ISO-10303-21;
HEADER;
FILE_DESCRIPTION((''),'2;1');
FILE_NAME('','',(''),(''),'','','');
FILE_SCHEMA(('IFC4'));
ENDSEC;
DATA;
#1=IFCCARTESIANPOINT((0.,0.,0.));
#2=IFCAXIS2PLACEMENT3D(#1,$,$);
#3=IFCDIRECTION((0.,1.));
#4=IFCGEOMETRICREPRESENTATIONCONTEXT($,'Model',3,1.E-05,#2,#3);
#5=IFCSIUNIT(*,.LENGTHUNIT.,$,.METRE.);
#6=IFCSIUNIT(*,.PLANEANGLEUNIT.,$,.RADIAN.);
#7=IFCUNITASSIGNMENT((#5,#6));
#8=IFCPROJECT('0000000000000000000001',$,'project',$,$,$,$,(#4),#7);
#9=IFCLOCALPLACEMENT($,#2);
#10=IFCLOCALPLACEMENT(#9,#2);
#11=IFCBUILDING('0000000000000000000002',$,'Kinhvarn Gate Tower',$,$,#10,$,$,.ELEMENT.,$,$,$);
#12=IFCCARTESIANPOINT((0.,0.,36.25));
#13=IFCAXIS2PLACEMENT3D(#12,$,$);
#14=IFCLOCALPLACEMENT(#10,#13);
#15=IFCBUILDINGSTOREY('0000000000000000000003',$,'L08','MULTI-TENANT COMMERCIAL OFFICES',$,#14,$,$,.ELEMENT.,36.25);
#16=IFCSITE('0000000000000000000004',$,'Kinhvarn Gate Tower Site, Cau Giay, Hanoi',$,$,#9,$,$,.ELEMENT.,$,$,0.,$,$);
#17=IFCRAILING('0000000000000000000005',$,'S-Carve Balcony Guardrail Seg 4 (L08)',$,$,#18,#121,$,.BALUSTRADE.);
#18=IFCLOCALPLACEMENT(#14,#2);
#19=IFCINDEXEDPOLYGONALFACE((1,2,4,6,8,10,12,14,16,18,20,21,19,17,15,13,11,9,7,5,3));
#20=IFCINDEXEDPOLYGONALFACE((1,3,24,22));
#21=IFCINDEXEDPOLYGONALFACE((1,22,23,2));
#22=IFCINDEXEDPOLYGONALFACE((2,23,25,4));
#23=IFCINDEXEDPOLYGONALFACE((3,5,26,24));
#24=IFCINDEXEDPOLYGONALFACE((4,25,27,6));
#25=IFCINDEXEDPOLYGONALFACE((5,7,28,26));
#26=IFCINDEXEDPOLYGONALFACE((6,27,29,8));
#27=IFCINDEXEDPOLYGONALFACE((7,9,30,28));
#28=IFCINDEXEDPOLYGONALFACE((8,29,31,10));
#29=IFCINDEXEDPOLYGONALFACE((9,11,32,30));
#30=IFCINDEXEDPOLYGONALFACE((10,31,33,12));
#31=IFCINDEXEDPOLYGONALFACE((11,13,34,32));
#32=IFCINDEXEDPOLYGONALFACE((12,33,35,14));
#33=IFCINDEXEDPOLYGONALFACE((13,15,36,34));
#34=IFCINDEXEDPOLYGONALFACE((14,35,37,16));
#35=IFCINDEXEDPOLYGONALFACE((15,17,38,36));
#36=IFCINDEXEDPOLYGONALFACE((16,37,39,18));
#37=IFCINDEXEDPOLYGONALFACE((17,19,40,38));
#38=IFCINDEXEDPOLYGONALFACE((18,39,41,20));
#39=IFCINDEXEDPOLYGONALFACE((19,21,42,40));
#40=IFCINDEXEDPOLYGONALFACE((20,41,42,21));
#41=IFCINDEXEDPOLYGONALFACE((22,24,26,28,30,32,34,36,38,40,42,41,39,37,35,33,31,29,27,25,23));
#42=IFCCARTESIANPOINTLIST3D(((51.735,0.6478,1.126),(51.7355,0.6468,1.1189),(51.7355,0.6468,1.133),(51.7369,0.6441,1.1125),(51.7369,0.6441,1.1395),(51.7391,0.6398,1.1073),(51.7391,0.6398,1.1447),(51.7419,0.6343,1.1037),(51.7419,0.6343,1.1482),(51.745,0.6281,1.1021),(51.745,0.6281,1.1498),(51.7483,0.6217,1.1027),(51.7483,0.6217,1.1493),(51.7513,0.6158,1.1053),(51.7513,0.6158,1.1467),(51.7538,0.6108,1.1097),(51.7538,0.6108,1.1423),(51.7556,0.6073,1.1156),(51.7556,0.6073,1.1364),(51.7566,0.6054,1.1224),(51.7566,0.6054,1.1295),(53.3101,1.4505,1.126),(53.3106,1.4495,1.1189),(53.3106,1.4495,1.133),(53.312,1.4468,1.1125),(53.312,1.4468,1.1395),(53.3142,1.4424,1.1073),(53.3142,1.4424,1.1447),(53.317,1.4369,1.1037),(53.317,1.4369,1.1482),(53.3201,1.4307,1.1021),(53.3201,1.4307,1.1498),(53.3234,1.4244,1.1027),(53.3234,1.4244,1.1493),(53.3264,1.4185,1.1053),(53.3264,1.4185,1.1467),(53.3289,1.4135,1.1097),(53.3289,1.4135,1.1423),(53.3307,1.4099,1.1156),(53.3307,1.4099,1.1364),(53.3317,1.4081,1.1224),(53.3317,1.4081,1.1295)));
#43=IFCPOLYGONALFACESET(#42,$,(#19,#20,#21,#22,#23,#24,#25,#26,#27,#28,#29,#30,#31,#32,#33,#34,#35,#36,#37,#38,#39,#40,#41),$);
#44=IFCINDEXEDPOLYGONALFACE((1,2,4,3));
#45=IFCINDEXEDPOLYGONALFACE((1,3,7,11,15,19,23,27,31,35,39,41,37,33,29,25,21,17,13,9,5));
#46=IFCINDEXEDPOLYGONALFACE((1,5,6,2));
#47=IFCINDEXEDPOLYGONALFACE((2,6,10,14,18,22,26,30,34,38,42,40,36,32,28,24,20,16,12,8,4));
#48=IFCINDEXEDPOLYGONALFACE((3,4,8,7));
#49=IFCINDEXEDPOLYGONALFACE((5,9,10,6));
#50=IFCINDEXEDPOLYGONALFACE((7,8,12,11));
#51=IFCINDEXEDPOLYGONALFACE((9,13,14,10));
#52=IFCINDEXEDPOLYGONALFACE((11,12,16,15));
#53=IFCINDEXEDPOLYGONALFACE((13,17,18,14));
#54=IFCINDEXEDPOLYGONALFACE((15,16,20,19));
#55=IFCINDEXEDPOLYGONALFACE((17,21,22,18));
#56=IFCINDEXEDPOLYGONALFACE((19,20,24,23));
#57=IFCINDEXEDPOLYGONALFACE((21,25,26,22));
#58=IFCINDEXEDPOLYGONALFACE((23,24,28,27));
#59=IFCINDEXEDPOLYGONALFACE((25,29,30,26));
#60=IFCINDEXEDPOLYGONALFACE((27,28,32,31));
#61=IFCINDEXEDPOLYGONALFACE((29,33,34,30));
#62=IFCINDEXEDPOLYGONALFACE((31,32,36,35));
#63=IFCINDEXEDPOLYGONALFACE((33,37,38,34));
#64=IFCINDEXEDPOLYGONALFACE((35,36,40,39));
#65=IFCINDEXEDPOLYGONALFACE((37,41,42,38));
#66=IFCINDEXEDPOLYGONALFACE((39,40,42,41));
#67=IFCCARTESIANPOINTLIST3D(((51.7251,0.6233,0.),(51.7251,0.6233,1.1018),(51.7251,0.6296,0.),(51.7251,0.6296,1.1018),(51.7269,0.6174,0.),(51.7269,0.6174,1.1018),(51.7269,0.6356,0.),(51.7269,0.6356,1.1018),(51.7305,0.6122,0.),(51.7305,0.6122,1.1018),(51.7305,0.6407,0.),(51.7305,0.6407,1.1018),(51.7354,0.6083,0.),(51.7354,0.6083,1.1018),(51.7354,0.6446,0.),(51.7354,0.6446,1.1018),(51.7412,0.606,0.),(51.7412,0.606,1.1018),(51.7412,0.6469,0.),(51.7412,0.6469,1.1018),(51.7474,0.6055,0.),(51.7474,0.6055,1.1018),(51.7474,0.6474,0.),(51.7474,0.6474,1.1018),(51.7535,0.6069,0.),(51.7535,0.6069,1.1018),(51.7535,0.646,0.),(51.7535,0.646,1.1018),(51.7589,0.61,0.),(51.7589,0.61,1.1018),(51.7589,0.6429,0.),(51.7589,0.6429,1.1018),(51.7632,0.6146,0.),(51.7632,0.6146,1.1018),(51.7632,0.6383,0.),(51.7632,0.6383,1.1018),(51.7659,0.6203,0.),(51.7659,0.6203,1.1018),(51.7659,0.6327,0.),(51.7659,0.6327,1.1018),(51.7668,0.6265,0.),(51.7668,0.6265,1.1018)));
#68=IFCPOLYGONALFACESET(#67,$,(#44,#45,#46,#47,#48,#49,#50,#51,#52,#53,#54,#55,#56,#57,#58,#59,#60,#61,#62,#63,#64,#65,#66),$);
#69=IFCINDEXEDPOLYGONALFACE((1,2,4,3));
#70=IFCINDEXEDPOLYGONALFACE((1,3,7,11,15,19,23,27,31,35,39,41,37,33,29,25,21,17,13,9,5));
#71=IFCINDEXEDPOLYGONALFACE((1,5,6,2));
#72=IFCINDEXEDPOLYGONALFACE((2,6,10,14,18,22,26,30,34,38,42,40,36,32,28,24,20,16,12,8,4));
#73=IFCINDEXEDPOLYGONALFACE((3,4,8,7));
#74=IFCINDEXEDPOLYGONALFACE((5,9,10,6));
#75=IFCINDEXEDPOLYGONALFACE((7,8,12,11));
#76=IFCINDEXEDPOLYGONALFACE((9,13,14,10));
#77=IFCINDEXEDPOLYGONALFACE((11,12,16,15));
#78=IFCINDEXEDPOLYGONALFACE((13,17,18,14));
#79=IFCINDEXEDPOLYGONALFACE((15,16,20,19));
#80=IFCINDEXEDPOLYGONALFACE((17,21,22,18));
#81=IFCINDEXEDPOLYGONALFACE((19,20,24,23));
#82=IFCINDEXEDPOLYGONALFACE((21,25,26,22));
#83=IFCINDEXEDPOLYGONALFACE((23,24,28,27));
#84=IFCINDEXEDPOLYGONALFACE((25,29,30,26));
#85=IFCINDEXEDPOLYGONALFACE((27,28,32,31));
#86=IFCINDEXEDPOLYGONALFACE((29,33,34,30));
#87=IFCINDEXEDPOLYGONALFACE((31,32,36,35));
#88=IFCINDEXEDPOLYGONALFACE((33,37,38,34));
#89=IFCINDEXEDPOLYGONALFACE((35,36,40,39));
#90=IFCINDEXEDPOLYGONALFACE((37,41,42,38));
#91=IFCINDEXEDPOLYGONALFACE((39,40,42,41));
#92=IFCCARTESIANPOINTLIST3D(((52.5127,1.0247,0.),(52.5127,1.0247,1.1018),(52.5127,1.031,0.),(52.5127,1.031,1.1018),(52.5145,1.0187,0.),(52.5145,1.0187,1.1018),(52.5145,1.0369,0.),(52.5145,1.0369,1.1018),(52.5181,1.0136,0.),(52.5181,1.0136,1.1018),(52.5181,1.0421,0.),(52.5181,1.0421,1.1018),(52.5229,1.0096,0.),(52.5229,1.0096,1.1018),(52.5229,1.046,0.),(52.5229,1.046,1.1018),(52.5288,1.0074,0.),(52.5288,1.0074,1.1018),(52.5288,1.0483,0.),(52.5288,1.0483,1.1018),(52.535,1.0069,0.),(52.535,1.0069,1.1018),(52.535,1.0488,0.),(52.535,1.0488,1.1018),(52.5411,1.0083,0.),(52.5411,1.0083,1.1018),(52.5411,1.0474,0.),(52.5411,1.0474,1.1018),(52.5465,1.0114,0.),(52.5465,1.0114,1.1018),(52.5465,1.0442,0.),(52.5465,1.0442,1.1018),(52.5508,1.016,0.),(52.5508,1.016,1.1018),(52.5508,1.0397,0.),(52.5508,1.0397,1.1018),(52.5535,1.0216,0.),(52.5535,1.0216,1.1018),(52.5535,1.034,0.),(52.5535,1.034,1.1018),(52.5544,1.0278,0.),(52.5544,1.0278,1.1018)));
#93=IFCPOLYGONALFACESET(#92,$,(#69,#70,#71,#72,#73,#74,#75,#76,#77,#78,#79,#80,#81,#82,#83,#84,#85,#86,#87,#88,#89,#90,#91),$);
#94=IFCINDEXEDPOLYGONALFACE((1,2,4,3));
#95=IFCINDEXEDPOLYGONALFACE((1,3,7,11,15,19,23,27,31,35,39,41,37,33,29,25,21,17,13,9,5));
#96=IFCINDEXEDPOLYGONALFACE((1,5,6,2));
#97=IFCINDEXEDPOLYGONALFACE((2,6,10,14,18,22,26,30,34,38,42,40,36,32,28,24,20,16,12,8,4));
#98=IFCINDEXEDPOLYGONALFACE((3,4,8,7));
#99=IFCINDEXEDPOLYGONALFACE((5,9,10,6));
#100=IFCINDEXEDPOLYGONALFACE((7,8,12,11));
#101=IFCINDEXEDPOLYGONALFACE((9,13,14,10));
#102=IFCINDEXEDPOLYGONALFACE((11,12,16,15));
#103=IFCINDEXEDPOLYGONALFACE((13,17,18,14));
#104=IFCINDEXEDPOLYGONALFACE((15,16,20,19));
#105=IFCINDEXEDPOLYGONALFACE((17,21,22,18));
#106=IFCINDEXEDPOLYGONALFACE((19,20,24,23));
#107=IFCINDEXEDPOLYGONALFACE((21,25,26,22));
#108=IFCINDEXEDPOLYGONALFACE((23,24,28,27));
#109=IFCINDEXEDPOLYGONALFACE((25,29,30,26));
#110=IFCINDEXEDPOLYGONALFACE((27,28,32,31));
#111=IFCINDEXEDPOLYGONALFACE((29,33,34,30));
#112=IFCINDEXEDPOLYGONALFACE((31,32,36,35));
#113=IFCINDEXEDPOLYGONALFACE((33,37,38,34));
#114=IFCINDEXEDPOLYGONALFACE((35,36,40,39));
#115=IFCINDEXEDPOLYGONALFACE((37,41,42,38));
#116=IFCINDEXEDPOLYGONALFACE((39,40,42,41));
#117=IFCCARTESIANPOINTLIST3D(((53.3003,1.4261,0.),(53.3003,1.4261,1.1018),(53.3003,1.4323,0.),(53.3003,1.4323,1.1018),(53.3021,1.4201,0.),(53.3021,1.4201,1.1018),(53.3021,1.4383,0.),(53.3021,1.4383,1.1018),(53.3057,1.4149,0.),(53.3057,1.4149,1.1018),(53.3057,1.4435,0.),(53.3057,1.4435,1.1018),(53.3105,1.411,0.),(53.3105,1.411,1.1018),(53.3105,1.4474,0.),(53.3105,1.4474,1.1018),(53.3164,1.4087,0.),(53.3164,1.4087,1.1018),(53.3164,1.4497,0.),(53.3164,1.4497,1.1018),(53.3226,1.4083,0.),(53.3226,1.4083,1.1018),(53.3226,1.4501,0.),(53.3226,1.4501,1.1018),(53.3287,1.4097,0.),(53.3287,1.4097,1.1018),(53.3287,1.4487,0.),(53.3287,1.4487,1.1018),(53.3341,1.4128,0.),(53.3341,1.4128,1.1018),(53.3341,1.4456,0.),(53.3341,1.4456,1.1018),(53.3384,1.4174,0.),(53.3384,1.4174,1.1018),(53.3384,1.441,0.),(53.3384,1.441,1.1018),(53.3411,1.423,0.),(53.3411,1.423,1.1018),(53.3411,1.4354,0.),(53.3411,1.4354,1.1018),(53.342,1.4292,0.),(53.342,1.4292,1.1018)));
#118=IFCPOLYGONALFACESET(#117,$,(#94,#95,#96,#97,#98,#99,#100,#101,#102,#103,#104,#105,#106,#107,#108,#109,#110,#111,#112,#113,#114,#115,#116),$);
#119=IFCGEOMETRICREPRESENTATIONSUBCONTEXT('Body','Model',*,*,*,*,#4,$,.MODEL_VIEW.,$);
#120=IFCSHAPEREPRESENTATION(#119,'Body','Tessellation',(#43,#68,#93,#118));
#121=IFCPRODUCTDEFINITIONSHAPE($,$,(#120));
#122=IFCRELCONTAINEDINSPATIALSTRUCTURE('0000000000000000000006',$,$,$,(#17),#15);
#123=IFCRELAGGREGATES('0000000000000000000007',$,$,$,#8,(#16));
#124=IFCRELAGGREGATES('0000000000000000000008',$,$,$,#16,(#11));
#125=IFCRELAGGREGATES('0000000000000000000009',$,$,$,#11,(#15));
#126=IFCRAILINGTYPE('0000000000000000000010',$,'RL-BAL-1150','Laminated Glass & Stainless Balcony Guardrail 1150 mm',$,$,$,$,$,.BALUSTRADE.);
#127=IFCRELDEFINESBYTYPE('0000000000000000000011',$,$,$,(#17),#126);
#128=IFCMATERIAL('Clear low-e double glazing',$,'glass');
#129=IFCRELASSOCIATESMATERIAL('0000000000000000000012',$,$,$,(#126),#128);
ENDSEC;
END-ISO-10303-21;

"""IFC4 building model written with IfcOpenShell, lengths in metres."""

from ifc_helpers import new_model, si_unit, direction, frame, origin, origin_2d, place, context, subcontext, project, spatial, circle, extrude, material, type_object, element, save


model = new_model("IFC4")

# Units and contexts
model_context = context("Model", 3, precision=1e-05, world=origin(), true_north=direction((0.0, 1.0)))
body_context = subcontext(model_context, "Body", "Model", "MODEL_VIEW")
ifc_project = project(units=[si_unit("LENGTHUNIT", "METRE"), si_unit("PLANEANGLEUNIT", "RADIAN")], contexts=[model_context])

# Site, building, storey
site_placement = place(None, origin())
site = spatial("IfcSite", under=ifc_project, at=site_placement, Name="Kinhvarn Gate Tower Site, Cau Giay, Hanoi", CompositionType="ELEMENT", RefElevation=0.0)
building_placement = place(site_placement, origin())
building = spatial("IfcBuilding", under=site, at=building_placement, Name="Kinhvarn Gate Tower", CompositionType="ELEMENT")
storey_placement = place(building_placement, frame((0.0, 0.0, 36.25)))
storey = spatial("IfcBuildingStorey", under=building, at=storey_placement, Name="L08", Description="MULTI-TENANT COMMERCIAL OFFICES", CompositionType="ELEMENT", Elevation=36.25)

# Shared definitions
ifc_material_1 = material(Name="Clear low-e double glazing", Category="glass")

# Railing
railing_type = type_object("IfcRailingType", Name="RL-BAL-1150", Description="Laminated Glass & Stainless Balcony Guardrail 1150 mm", PredefinedType="BALUSTRADE", material=ifc_material_1)
railing_1_placement = place(storey_placement, frame((51.7458, 0.6265, 0.0)))
element("IfcRailing", 1, at=railing_1_placement, inside=storey, type_object=railing_type, Name="S-Carve Balcony Guardrail Seg 4 (L08)", PredefinedType="BALUSTRADE", context=body_context, shape_type="SweptSolid", body=[
    extrude(circle(Radius=0.0239, at=origin_2d()), frame((0.0, 0.0, 1.126), z_axis=(0.890976, 0.45405, 0.0), x_axis=(-0.45405, 0.890976, 0.0)), (0.0, 0.0, 1.0), 1.7678),
    extrude(circle(Radius=0.021, at=origin_2d()), origin(), (0.0, 0.0, 1.0), 1.1018),
    extrude(circle(Radius=0.021, at=origin_2d()), frame((0.7876, 0.4014, 0.0)), (0.0, 0.0, 1.0), 1.1018),
    extrude(circle(Radius=0.021, at=origin_2d()), frame((1.5752, 0.8027, 0.0)), (0.0, 0.0, 1.0), 1.1018),
])

save(model, "model.ifc")
